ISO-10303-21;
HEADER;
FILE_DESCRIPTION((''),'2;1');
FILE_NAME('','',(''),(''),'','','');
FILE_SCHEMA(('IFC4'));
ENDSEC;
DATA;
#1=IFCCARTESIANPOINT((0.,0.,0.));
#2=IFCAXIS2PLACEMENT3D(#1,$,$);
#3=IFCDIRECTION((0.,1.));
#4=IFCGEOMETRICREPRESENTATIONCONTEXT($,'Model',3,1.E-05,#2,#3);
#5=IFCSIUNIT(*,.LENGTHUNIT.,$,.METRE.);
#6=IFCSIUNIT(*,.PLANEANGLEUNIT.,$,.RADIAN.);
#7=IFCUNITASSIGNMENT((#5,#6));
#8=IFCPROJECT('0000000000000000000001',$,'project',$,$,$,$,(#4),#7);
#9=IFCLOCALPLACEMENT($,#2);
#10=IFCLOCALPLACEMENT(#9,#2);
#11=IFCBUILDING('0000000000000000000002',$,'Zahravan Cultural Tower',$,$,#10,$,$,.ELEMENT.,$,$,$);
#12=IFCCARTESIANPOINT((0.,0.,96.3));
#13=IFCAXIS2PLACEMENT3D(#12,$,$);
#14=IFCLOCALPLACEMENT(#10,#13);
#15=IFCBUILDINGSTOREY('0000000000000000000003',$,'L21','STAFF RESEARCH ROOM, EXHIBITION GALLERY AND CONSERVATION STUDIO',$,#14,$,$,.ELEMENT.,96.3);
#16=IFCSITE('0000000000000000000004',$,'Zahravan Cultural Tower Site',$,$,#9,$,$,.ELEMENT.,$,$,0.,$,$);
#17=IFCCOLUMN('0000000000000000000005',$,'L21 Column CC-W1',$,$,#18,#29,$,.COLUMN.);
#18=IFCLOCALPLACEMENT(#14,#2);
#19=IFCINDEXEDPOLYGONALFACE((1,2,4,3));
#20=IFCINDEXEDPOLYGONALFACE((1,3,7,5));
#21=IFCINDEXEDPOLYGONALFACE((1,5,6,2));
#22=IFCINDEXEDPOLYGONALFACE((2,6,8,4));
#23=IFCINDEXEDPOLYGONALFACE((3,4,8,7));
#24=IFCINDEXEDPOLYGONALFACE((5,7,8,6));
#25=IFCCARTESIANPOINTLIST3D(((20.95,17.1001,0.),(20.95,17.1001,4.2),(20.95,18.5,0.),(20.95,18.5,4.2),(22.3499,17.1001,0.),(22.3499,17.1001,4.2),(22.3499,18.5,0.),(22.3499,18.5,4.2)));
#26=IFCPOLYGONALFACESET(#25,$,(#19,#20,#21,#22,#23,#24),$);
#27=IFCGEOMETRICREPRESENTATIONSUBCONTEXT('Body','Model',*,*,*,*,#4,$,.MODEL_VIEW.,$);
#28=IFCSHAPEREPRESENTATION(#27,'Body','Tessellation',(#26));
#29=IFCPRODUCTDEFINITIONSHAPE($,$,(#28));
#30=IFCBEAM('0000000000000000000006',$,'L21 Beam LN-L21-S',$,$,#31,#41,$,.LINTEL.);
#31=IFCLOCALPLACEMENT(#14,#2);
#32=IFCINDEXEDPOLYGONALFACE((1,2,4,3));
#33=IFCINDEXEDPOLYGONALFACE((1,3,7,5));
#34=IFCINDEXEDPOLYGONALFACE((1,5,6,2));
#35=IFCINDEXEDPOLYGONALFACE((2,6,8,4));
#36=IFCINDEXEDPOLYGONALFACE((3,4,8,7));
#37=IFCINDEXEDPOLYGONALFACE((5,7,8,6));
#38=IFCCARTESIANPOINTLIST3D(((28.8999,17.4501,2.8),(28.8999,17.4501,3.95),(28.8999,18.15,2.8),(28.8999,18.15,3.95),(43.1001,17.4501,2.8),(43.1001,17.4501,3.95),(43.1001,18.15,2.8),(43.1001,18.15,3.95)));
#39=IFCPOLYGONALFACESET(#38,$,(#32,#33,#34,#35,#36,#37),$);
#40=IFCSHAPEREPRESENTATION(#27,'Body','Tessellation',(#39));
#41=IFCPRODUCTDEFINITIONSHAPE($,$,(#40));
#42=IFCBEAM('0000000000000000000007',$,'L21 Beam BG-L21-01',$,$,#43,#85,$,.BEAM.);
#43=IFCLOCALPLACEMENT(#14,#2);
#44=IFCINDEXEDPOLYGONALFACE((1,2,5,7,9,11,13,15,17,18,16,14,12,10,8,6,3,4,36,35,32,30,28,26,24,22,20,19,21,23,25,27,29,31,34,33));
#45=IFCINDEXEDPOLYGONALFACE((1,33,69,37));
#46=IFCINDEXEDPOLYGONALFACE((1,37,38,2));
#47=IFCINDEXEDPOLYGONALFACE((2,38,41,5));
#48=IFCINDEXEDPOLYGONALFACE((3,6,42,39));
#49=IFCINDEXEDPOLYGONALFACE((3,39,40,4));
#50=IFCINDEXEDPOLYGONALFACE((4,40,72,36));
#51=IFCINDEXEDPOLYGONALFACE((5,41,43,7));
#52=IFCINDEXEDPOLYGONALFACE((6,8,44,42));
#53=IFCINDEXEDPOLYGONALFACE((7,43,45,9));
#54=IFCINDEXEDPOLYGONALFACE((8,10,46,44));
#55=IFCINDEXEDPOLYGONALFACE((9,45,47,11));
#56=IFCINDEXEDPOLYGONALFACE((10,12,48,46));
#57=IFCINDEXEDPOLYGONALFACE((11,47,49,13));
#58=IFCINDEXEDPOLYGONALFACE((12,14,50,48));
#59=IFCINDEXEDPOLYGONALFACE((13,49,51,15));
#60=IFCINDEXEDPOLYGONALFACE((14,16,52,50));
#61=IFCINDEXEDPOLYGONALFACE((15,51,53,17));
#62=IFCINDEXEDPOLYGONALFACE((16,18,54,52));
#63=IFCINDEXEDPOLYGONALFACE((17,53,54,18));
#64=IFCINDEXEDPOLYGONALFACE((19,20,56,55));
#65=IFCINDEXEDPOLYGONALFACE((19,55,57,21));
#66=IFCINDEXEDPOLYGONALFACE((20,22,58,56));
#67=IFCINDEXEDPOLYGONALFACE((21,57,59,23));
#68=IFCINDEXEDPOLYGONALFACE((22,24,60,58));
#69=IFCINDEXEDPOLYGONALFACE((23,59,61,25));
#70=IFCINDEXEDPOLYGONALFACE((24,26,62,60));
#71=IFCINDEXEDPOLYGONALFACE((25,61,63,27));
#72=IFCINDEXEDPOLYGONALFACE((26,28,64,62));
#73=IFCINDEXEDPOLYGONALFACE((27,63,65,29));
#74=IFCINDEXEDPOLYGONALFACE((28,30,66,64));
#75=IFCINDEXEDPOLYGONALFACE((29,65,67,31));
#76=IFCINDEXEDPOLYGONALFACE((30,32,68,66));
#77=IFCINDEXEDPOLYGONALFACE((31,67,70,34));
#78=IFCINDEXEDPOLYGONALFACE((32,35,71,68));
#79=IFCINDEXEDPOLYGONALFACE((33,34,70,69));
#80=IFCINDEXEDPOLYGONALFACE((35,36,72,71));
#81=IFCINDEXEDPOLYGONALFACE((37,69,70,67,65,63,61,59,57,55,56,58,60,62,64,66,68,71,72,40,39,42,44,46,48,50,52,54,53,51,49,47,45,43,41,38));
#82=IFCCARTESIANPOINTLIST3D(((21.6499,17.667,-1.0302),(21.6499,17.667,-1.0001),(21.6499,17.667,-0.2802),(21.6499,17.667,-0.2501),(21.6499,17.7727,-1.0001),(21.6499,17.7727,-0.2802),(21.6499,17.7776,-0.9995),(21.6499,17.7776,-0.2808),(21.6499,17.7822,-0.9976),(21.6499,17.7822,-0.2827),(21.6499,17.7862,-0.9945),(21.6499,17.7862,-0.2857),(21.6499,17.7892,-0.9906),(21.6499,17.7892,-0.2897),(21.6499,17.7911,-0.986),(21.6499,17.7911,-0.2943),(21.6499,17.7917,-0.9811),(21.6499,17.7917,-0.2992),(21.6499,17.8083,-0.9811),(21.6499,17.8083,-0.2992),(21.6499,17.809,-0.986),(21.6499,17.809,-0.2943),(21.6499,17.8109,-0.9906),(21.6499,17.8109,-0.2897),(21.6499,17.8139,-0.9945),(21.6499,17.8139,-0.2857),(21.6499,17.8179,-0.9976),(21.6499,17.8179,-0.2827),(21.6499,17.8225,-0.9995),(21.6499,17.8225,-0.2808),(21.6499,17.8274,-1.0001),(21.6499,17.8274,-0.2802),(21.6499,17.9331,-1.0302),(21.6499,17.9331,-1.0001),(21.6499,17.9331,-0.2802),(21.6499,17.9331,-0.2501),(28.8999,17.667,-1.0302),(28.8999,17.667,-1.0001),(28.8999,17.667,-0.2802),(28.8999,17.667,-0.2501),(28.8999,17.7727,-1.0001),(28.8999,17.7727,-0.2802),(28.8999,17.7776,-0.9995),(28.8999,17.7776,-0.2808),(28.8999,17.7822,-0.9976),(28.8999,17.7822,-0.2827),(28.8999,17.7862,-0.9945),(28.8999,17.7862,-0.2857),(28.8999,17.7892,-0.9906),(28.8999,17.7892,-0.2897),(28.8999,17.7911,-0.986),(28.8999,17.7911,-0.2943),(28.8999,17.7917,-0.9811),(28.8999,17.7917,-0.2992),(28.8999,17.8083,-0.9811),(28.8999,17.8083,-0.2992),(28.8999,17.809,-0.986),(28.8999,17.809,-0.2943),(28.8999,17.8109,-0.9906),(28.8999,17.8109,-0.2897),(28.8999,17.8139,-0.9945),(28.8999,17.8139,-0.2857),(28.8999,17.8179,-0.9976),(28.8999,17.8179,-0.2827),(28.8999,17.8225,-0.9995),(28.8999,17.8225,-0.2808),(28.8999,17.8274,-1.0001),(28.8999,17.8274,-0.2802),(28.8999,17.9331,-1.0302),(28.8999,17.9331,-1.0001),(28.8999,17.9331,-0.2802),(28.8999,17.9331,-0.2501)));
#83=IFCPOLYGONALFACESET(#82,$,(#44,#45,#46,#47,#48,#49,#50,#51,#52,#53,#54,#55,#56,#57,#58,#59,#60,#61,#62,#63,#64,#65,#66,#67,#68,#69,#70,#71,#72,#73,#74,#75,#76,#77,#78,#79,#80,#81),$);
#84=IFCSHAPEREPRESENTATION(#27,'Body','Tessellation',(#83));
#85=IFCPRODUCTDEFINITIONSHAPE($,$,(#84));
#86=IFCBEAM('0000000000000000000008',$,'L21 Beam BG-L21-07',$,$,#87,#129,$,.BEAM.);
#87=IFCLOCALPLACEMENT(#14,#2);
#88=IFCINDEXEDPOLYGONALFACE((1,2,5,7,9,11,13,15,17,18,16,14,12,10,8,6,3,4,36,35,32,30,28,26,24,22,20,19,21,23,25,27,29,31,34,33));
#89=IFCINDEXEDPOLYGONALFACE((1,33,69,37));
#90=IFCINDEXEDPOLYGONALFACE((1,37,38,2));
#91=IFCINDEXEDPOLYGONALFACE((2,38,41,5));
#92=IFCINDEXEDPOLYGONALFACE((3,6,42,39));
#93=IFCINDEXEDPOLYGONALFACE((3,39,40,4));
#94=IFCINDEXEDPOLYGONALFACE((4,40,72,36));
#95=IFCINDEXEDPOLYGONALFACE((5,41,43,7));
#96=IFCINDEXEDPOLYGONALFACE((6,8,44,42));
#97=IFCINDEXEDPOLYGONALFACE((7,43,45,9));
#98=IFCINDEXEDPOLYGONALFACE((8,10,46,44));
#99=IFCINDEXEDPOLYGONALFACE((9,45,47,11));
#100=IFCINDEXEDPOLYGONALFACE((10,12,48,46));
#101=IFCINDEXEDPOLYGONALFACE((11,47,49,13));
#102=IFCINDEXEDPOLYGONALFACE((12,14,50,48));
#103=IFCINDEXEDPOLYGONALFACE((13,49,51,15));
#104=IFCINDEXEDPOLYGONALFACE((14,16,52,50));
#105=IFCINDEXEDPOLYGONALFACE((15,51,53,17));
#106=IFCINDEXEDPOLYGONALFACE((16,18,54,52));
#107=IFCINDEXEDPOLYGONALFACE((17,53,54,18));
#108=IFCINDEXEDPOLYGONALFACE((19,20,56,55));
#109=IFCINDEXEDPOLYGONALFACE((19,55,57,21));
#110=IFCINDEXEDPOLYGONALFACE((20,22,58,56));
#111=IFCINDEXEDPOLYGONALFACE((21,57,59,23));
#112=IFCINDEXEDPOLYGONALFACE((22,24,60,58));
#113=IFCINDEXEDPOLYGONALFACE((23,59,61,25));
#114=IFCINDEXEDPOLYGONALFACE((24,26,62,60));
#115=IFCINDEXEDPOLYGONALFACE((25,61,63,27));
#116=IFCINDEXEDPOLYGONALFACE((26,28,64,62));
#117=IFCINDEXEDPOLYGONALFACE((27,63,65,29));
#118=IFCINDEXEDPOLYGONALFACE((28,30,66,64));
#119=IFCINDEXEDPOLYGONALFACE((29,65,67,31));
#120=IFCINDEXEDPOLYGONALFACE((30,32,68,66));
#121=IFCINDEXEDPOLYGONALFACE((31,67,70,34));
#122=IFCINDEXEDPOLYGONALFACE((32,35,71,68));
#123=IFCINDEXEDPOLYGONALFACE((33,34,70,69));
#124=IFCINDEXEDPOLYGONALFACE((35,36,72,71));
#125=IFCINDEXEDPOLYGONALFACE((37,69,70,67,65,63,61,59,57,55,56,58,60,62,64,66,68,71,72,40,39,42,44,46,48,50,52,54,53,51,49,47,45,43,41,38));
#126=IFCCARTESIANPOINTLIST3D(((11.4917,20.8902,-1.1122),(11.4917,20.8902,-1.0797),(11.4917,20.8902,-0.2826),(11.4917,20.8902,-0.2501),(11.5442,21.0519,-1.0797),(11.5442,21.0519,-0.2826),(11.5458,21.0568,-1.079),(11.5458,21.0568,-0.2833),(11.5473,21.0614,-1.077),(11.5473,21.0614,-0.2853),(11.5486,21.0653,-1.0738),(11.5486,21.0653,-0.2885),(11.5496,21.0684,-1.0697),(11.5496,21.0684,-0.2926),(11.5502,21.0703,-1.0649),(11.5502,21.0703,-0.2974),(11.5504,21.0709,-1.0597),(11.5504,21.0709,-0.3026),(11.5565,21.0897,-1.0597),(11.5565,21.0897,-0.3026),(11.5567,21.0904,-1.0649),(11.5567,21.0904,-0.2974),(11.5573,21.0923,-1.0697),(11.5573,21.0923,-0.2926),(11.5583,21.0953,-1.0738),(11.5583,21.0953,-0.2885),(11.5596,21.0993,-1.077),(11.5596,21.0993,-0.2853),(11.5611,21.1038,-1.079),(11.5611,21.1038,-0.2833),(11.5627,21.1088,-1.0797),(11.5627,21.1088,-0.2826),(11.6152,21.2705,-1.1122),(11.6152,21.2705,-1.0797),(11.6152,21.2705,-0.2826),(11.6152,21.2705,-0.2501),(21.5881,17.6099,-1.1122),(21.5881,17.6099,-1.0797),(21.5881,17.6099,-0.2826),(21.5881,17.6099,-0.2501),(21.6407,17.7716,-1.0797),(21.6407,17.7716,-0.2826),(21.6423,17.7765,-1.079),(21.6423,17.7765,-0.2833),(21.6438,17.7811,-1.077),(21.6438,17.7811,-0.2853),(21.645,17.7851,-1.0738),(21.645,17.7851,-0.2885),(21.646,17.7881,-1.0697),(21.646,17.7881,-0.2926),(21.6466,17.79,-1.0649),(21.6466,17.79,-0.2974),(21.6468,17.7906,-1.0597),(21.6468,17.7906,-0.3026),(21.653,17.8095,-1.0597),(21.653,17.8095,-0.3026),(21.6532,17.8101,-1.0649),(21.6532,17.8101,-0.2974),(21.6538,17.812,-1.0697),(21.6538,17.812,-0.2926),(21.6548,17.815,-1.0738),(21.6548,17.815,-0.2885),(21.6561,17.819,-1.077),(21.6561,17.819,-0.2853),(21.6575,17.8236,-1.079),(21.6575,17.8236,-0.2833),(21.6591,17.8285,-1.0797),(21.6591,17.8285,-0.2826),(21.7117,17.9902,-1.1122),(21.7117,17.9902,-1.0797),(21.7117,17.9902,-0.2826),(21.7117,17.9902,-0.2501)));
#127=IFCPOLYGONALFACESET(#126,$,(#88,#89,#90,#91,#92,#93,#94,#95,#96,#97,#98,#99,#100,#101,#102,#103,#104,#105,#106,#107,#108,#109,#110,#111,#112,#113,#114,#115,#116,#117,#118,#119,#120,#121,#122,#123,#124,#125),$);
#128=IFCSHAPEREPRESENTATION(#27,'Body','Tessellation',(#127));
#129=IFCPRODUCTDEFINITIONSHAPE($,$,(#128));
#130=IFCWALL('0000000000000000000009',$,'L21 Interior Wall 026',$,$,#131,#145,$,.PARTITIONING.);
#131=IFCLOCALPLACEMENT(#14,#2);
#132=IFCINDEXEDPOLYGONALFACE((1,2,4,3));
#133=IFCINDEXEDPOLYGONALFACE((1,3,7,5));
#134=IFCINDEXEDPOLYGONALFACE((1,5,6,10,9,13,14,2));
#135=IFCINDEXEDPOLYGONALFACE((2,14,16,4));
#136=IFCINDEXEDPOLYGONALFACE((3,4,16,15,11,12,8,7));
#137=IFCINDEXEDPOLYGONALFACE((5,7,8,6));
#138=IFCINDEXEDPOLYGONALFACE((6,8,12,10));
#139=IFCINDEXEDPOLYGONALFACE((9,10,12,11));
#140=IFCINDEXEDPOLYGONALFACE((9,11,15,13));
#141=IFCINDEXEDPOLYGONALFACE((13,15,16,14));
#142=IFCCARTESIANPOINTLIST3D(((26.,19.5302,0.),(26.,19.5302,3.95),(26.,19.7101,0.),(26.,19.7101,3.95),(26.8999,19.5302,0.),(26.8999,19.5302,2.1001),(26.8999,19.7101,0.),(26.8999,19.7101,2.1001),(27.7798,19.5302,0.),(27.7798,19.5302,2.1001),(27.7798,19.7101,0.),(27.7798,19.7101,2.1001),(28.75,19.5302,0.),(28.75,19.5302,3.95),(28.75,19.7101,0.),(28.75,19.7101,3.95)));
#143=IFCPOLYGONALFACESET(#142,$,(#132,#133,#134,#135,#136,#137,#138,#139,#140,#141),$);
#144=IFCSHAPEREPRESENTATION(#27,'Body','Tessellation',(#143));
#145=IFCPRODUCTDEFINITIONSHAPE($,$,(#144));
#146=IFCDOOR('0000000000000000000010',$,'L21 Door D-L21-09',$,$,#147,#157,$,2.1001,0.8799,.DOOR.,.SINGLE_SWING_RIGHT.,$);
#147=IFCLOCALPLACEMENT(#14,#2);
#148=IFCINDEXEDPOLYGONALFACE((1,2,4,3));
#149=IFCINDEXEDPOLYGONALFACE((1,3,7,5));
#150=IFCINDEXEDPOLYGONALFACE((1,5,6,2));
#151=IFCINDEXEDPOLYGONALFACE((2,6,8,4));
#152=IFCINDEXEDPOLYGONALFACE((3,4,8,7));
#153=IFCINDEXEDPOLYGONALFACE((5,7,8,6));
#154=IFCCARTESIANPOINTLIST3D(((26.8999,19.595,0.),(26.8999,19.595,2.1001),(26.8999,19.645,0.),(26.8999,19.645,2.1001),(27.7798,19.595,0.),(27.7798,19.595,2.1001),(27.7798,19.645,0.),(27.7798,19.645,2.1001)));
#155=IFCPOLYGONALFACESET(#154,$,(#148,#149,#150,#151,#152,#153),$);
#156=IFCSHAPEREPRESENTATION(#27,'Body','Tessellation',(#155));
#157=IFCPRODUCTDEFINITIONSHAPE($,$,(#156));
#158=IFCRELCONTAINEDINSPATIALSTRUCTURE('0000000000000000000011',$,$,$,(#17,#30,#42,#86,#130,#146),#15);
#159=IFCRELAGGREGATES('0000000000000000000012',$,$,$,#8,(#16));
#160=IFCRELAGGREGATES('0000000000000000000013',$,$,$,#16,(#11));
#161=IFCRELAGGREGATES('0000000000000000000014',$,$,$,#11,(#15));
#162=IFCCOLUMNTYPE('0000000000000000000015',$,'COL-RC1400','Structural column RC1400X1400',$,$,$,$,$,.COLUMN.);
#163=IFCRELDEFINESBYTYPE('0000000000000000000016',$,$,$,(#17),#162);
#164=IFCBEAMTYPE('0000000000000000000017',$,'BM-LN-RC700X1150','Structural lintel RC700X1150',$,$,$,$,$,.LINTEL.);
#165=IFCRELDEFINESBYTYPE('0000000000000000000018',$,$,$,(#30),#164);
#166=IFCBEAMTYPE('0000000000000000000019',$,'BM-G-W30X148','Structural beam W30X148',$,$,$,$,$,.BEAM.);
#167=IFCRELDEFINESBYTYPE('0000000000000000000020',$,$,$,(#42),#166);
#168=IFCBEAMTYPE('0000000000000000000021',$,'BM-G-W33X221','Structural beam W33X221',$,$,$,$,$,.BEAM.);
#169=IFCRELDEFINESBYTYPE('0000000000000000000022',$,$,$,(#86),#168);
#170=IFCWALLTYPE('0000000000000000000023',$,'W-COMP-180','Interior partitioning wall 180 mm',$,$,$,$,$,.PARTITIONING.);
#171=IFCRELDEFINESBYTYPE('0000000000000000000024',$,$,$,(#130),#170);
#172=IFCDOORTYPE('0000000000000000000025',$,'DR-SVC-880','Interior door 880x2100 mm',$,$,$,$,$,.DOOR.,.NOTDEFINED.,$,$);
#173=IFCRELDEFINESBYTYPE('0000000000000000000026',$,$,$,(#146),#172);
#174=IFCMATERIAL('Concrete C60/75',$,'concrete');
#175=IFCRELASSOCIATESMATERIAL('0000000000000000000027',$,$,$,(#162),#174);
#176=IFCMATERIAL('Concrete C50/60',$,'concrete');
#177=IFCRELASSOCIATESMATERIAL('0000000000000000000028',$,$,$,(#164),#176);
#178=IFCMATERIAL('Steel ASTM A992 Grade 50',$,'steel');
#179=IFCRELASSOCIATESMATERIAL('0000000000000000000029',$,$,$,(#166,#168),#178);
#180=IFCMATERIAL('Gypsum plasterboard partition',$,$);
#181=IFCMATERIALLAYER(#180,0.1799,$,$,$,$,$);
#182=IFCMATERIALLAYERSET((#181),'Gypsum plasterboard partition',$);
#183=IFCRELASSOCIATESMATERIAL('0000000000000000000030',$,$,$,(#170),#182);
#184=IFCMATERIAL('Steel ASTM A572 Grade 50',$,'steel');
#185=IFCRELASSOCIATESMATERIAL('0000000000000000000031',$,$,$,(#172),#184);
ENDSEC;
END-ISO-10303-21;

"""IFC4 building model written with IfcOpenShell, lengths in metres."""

from ifc_helpers import new_model, si_unit, direction, frame, frame_2d, origin, origin_2d, place, context, subcontext, project, spatial, rectangle, i_section, extrude, source, transform, mapped, material, layer, layer_set, material_profile, profile_set, type_object, element, fill, save


model = new_model("IFC4")

# Units and contexts
model_context = context("Model", 3, precision=1e-05, world=origin(), true_north=direction((0.0, 1.0)))
body_context = subcontext(model_context, "Body", "Model", "MODEL_VIEW")
ifc_project = project(units=[si_unit("LENGTHUNIT", "METRE"), si_unit("PLANEANGLEUNIT", "RADIAN")], contexts=[model_context])

# Site, building, storey
site_placement = place(None, origin())
site = spatial("IfcSite", under=ifc_project, at=site_placement, Name="Zahravan Cultural Tower Site", CompositionType="ELEMENT", RefElevation=0.0)
building_placement = place(site_placement, origin())
building = spatial("IfcBuilding", under=site, at=building_placement, Name="Zahravan Cultural Tower", CompositionType="ELEMENT")
storey_placement = place(building_placement, frame((0.0, 0.0, 96.3)))
storey = spatial("IfcBuildingStorey", under=building, at=storey_placement, Name="L21", Description="STAFF RESEARCH ROOM, EXHIBITION GALLERY AND CONSERVATION STUDIO", CompositionType="ELEMENT", Elevation=96.3)

# Column
ifc_material_1 = material(Name="Concrete C60/75", Category="concrete")
ifc_material_profile_1 = material_profile(ifc_material_1, rectangle(XDim=1.3999, YDim=1.3999, at=origin_2d()), Name="RC1400X1400")
ifc_profile_set_1 = profile_set([ifc_material_profile_1], Name="Concrete C60/75")
column_type = type_object("IfcColumnType", Name="COL-RC1400", Description="Structural column RC1400X1400", PredefinedType="COLUMN", material=ifc_profile_set_1)
shared_shape_1 = source(origin(), body_context, "Body", "SweptSolid", [
    extrude(rectangle(XDim=1.3999, YDim=1.3999, at=origin_2d()), origin(), (0.0, 0.0, 1.0), 4.2),
])
column_placement = place(storey_placement, frame((21.6499, 17.8, 0.0), z_axis=(0.0, 0.0, 1.0), x_axis=(1.0, 0.0, 0.0)))
element("IfcColumn", 1, at=column_placement, inside=storey, type_object=column_type, Name="L21 Column CC-W1", PredefinedType="COLUMN", context=body_context, shape_type="MappedRepresentation", body=[
    mapped(shared_shape_1, transform((0.0, 0.0, 0.0), x_axis=(1.0, 0.0, 0.0), y_axis=(0.0, 1.0, 0.0), z_axis=(0.0, 0.0, 1.0), scale=1.0)),
])

# Beams
ifc_material_2 = material(Name="Concrete C50/60", Category="concrete")
ifc_material_profile_2 = material_profile(ifc_material_2, rectangle(XDim=0.7, YDim=1.1499, at=origin_2d()), Name="RC700X1150")
ifc_profile_set_2 = profile_set([ifc_material_profile_2], Name="Concrete C50/60")
beam_type_1 = type_object("IfcBeamType", Name="BM-LN-RC700X1150", Description="Structural lintel RC700X1150", PredefinedType="LINTEL", material=ifc_profile_set_2)
shared_shape_2 = source(origin(), body_context, "Body", "SweptSolid", [
    extrude(rectangle(XDim=0.7, YDim=1.1499, at=origin_2d()), origin(), (0.0, 0.0, 1.0), 14.2002),
])
beam_1_placement = place(storey_placement, frame((28.8999, 17.8, 3.375), z_axis=(1.0, 0.0, 0.0), x_axis=(0.0, 1.0, 0.0)))
element("IfcBeam", 2, at=beam_1_placement, inside=storey, type_object=beam_type_1, Name="L21 Beam LN-L21-S", PredefinedType="LINTEL", context=body_context, shape_type="MappedRepresentation", body=[
    mapped(shared_shape_2, transform((0.0, 0.0, 0.0), x_axis=(1.0, 0.0, 0.0), y_axis=(0.0, 1.0, 0.0), z_axis=(0.0, 0.0, 1.0), scale=1.0)),
])
ifc_material_3 = material(Name="Steel ASTM A992 Grade 50", Category="steel")
ifc_material_profile_3 = material_profile(ifc_material_3, i_section(OverallWidth=0.2661, OverallDepth=0.78, WebThickness=0.0166, FlangeThickness=0.03, FilletRadius=0.019, at=origin_2d()), Name="W30X148")
ifc_profile_set_3 = profile_set([ifc_material_profile_3], Name="Steel ASTM A992 Grade 50")
beam_type_2 = type_object("IfcBeamType", Name="BM-G-W30X148", Description="Structural beam W30X148", PredefinedType="BEAM", material=ifc_profile_set_3)
shared_shape_3 = source(origin(), body_context, "Body", "SweptSolid", [
    extrude(i_section(OverallWidth=0.2661, OverallDepth=0.78, WebThickness=0.0166, FlangeThickness=0.03, FilletRadius=0.019, at=origin_2d()), origin(), (0.0, 0.0, 1.0), 7.25),
])
beam_2_placement = place(storey_placement, frame((21.6499, 17.8, -0.6401), z_axis=(1.0, 0.0, 0.0), x_axis=(0.0, 1.0, 0.0)))
element("IfcBeam", 3, at=beam_2_placement, inside=storey, type_object=beam_type_2, Name="L21 Beam BG-L21-01", PredefinedType="BEAM", context=body_context, shape_type="MappedRepresentation", body=[
    mapped(shared_shape_3, transform((0.0, 0.0, 0.0), x_axis=(1.0, 0.0, 0.0), y_axis=(0.0, 1.0, 0.0), z_axis=(0.0, 0.0, 1.0), scale=1.0)),
])
ifc_material_profile_4 = material_profile(ifc_material_3, i_section(OverallWidth=0.3999, OverallDepth=0.8621, WebThickness=0.0198, FlangeThickness=0.0325, FilletRadius=0.02, at=origin_2d()), Name="W33X221")
ifc_profile_set_4 = profile_set([ifc_material_profile_4], Name="Steel ASTM A992 Grade 50")
beam_type_3 = type_object("IfcBeamType", Name="BM-G-W33X221", Description="Structural beam W33X221", PredefinedType="BEAM", material=ifc_profile_set_4)
shared_shape_4 = source(origin(), body_context, "Body", "SweptSolid", [
    extrude(i_section(OverallWidth=0.3999, OverallDepth=0.8621, WebThickness=0.0198, FlangeThickness=0.0325, FilletRadius=0.02, at=origin_2d()), origin(), (0.0, 0.0, 1.0), 10.616),
])
beam_3_placement = place(storey_placement, frame((21.6499, 17.8, -0.6812), z_axis=(-0.951064, 0.308995, 0.0), x_axis=(-0.308995, -0.951064, 0.0)))
element("IfcBeam", 4, at=beam_3_placement, inside=storey, type_object=beam_type_3, Name="L21 Beam BG-L21-07", PredefinedType="BEAM", context=body_context, shape_type="MappedRepresentation", body=[
    mapped(shared_shape_4, transform((0.0, 0.0, 0.0), x_axis=(1.0, 0.0, 0.0), y_axis=(0.0, 1.0, 0.0), z_axis=(0.0, 0.0, 1.0), scale=1.0)),
])

# Wall, opening, door
ifc_material_4 = material(Name="Gypsum plasterboard partition")
ifc_layer_1 = layer(ifc_material_4, 0.1799)
ifc_layer_set_1 = layer_set([ifc_layer_1], Name="Gypsum plasterboard partition")
wall_type_1 = type_object("IfcWallType", Name="W-COMP-180", Description="Interior partitioning wall 180 mm", PredefinedType="PARTITIONING", material=ifc_layer_set_1)
wall_1_placement = place(storey_placement, frame((26.0, 19.6201, 0.0), z_axis=(0.0, 0.0, 1.0), x_axis=(1.0, 0.0, 0.0)))
wall_1 = element("IfcWall", 5, at=wall_1_placement, inside=storey, type_object=wall_type_1, Name="L21 Interior Wall 026", PredefinedType="PARTITIONING", context=body_context, shape_type="SweptSolid", body=[
    extrude(rectangle(XDim=2.75, YDim=0.1799, at=frame_2d((1.375, 0.0))), origin(), (0.0, 0.0, 1.0), 3.95),
])
opening_1_placement = place(wall_1_placement, frame((0.8999, 0.0, 0.0)))
opening_1 = element("IfcOpeningElement", 6, at=opening_1_placement, cuts=wall_1, PredefinedType="OPENING", context=body_context, shape_type="SweptSolid", body=[
    extrude(rectangle(XDim=0.8799, YDim=2.1001, at=frame_2d((0.4399, 1.05))), frame((0.0, 0.0999, 0.0), z_axis=(0.0, -1.0, 0.0), x_axis=(1.0, 0.0, 0.0)), (0.0, 0.0, 1.0), 0.2),
])
ifc_material_5 = material(Name="Steel ASTM A572 Grade 50", Category="steel")
door_type_1 = type_object("IfcDoorType", Name="DR-SVC-880", Description="Interior door 880x2100 mm", OperationType="NOTDEFINED", PredefinedType="DOOR", material=ifc_material_5)
shared_shape_5 = source(origin(), body_context, "Body", "SweptSolid", [
    extrude(rectangle(XDim=0.8799, YDim=2.1001, at=frame_2d((0.4399, 1.05))), frame((0.0, 0.0249, 0.0), z_axis=(0.0, -1.0, 0.0), x_axis=(1.0, 0.0, 0.0)), (0.0, 0.0, 1.0), 0.05),
])
door_1_placement = place(opening_1_placement, origin())
door_1 = element("IfcDoor", 7, at=door_1_placement, inside=storey, type_object=door_type_1, Name="L21 Door D-L21-09", OperationType="SINGLE_SWING_RIGHT", OverallHeight=2.1001, OverallWidth=0.8799, PredefinedType="DOOR", context=body_context, shape_type="MappedRepresentation", body=[
    mapped(shared_shape_5, transform((0.0, 0.0, 0.0), x_axis=(1.0, 0.0, 0.0), y_axis=(0.0, 1.0, 0.0), z_axis=(0.0, 0.0, 1.0), scale=1.0)),
])
fill(opening_1, door_1)

save(model, "model.ifc")
